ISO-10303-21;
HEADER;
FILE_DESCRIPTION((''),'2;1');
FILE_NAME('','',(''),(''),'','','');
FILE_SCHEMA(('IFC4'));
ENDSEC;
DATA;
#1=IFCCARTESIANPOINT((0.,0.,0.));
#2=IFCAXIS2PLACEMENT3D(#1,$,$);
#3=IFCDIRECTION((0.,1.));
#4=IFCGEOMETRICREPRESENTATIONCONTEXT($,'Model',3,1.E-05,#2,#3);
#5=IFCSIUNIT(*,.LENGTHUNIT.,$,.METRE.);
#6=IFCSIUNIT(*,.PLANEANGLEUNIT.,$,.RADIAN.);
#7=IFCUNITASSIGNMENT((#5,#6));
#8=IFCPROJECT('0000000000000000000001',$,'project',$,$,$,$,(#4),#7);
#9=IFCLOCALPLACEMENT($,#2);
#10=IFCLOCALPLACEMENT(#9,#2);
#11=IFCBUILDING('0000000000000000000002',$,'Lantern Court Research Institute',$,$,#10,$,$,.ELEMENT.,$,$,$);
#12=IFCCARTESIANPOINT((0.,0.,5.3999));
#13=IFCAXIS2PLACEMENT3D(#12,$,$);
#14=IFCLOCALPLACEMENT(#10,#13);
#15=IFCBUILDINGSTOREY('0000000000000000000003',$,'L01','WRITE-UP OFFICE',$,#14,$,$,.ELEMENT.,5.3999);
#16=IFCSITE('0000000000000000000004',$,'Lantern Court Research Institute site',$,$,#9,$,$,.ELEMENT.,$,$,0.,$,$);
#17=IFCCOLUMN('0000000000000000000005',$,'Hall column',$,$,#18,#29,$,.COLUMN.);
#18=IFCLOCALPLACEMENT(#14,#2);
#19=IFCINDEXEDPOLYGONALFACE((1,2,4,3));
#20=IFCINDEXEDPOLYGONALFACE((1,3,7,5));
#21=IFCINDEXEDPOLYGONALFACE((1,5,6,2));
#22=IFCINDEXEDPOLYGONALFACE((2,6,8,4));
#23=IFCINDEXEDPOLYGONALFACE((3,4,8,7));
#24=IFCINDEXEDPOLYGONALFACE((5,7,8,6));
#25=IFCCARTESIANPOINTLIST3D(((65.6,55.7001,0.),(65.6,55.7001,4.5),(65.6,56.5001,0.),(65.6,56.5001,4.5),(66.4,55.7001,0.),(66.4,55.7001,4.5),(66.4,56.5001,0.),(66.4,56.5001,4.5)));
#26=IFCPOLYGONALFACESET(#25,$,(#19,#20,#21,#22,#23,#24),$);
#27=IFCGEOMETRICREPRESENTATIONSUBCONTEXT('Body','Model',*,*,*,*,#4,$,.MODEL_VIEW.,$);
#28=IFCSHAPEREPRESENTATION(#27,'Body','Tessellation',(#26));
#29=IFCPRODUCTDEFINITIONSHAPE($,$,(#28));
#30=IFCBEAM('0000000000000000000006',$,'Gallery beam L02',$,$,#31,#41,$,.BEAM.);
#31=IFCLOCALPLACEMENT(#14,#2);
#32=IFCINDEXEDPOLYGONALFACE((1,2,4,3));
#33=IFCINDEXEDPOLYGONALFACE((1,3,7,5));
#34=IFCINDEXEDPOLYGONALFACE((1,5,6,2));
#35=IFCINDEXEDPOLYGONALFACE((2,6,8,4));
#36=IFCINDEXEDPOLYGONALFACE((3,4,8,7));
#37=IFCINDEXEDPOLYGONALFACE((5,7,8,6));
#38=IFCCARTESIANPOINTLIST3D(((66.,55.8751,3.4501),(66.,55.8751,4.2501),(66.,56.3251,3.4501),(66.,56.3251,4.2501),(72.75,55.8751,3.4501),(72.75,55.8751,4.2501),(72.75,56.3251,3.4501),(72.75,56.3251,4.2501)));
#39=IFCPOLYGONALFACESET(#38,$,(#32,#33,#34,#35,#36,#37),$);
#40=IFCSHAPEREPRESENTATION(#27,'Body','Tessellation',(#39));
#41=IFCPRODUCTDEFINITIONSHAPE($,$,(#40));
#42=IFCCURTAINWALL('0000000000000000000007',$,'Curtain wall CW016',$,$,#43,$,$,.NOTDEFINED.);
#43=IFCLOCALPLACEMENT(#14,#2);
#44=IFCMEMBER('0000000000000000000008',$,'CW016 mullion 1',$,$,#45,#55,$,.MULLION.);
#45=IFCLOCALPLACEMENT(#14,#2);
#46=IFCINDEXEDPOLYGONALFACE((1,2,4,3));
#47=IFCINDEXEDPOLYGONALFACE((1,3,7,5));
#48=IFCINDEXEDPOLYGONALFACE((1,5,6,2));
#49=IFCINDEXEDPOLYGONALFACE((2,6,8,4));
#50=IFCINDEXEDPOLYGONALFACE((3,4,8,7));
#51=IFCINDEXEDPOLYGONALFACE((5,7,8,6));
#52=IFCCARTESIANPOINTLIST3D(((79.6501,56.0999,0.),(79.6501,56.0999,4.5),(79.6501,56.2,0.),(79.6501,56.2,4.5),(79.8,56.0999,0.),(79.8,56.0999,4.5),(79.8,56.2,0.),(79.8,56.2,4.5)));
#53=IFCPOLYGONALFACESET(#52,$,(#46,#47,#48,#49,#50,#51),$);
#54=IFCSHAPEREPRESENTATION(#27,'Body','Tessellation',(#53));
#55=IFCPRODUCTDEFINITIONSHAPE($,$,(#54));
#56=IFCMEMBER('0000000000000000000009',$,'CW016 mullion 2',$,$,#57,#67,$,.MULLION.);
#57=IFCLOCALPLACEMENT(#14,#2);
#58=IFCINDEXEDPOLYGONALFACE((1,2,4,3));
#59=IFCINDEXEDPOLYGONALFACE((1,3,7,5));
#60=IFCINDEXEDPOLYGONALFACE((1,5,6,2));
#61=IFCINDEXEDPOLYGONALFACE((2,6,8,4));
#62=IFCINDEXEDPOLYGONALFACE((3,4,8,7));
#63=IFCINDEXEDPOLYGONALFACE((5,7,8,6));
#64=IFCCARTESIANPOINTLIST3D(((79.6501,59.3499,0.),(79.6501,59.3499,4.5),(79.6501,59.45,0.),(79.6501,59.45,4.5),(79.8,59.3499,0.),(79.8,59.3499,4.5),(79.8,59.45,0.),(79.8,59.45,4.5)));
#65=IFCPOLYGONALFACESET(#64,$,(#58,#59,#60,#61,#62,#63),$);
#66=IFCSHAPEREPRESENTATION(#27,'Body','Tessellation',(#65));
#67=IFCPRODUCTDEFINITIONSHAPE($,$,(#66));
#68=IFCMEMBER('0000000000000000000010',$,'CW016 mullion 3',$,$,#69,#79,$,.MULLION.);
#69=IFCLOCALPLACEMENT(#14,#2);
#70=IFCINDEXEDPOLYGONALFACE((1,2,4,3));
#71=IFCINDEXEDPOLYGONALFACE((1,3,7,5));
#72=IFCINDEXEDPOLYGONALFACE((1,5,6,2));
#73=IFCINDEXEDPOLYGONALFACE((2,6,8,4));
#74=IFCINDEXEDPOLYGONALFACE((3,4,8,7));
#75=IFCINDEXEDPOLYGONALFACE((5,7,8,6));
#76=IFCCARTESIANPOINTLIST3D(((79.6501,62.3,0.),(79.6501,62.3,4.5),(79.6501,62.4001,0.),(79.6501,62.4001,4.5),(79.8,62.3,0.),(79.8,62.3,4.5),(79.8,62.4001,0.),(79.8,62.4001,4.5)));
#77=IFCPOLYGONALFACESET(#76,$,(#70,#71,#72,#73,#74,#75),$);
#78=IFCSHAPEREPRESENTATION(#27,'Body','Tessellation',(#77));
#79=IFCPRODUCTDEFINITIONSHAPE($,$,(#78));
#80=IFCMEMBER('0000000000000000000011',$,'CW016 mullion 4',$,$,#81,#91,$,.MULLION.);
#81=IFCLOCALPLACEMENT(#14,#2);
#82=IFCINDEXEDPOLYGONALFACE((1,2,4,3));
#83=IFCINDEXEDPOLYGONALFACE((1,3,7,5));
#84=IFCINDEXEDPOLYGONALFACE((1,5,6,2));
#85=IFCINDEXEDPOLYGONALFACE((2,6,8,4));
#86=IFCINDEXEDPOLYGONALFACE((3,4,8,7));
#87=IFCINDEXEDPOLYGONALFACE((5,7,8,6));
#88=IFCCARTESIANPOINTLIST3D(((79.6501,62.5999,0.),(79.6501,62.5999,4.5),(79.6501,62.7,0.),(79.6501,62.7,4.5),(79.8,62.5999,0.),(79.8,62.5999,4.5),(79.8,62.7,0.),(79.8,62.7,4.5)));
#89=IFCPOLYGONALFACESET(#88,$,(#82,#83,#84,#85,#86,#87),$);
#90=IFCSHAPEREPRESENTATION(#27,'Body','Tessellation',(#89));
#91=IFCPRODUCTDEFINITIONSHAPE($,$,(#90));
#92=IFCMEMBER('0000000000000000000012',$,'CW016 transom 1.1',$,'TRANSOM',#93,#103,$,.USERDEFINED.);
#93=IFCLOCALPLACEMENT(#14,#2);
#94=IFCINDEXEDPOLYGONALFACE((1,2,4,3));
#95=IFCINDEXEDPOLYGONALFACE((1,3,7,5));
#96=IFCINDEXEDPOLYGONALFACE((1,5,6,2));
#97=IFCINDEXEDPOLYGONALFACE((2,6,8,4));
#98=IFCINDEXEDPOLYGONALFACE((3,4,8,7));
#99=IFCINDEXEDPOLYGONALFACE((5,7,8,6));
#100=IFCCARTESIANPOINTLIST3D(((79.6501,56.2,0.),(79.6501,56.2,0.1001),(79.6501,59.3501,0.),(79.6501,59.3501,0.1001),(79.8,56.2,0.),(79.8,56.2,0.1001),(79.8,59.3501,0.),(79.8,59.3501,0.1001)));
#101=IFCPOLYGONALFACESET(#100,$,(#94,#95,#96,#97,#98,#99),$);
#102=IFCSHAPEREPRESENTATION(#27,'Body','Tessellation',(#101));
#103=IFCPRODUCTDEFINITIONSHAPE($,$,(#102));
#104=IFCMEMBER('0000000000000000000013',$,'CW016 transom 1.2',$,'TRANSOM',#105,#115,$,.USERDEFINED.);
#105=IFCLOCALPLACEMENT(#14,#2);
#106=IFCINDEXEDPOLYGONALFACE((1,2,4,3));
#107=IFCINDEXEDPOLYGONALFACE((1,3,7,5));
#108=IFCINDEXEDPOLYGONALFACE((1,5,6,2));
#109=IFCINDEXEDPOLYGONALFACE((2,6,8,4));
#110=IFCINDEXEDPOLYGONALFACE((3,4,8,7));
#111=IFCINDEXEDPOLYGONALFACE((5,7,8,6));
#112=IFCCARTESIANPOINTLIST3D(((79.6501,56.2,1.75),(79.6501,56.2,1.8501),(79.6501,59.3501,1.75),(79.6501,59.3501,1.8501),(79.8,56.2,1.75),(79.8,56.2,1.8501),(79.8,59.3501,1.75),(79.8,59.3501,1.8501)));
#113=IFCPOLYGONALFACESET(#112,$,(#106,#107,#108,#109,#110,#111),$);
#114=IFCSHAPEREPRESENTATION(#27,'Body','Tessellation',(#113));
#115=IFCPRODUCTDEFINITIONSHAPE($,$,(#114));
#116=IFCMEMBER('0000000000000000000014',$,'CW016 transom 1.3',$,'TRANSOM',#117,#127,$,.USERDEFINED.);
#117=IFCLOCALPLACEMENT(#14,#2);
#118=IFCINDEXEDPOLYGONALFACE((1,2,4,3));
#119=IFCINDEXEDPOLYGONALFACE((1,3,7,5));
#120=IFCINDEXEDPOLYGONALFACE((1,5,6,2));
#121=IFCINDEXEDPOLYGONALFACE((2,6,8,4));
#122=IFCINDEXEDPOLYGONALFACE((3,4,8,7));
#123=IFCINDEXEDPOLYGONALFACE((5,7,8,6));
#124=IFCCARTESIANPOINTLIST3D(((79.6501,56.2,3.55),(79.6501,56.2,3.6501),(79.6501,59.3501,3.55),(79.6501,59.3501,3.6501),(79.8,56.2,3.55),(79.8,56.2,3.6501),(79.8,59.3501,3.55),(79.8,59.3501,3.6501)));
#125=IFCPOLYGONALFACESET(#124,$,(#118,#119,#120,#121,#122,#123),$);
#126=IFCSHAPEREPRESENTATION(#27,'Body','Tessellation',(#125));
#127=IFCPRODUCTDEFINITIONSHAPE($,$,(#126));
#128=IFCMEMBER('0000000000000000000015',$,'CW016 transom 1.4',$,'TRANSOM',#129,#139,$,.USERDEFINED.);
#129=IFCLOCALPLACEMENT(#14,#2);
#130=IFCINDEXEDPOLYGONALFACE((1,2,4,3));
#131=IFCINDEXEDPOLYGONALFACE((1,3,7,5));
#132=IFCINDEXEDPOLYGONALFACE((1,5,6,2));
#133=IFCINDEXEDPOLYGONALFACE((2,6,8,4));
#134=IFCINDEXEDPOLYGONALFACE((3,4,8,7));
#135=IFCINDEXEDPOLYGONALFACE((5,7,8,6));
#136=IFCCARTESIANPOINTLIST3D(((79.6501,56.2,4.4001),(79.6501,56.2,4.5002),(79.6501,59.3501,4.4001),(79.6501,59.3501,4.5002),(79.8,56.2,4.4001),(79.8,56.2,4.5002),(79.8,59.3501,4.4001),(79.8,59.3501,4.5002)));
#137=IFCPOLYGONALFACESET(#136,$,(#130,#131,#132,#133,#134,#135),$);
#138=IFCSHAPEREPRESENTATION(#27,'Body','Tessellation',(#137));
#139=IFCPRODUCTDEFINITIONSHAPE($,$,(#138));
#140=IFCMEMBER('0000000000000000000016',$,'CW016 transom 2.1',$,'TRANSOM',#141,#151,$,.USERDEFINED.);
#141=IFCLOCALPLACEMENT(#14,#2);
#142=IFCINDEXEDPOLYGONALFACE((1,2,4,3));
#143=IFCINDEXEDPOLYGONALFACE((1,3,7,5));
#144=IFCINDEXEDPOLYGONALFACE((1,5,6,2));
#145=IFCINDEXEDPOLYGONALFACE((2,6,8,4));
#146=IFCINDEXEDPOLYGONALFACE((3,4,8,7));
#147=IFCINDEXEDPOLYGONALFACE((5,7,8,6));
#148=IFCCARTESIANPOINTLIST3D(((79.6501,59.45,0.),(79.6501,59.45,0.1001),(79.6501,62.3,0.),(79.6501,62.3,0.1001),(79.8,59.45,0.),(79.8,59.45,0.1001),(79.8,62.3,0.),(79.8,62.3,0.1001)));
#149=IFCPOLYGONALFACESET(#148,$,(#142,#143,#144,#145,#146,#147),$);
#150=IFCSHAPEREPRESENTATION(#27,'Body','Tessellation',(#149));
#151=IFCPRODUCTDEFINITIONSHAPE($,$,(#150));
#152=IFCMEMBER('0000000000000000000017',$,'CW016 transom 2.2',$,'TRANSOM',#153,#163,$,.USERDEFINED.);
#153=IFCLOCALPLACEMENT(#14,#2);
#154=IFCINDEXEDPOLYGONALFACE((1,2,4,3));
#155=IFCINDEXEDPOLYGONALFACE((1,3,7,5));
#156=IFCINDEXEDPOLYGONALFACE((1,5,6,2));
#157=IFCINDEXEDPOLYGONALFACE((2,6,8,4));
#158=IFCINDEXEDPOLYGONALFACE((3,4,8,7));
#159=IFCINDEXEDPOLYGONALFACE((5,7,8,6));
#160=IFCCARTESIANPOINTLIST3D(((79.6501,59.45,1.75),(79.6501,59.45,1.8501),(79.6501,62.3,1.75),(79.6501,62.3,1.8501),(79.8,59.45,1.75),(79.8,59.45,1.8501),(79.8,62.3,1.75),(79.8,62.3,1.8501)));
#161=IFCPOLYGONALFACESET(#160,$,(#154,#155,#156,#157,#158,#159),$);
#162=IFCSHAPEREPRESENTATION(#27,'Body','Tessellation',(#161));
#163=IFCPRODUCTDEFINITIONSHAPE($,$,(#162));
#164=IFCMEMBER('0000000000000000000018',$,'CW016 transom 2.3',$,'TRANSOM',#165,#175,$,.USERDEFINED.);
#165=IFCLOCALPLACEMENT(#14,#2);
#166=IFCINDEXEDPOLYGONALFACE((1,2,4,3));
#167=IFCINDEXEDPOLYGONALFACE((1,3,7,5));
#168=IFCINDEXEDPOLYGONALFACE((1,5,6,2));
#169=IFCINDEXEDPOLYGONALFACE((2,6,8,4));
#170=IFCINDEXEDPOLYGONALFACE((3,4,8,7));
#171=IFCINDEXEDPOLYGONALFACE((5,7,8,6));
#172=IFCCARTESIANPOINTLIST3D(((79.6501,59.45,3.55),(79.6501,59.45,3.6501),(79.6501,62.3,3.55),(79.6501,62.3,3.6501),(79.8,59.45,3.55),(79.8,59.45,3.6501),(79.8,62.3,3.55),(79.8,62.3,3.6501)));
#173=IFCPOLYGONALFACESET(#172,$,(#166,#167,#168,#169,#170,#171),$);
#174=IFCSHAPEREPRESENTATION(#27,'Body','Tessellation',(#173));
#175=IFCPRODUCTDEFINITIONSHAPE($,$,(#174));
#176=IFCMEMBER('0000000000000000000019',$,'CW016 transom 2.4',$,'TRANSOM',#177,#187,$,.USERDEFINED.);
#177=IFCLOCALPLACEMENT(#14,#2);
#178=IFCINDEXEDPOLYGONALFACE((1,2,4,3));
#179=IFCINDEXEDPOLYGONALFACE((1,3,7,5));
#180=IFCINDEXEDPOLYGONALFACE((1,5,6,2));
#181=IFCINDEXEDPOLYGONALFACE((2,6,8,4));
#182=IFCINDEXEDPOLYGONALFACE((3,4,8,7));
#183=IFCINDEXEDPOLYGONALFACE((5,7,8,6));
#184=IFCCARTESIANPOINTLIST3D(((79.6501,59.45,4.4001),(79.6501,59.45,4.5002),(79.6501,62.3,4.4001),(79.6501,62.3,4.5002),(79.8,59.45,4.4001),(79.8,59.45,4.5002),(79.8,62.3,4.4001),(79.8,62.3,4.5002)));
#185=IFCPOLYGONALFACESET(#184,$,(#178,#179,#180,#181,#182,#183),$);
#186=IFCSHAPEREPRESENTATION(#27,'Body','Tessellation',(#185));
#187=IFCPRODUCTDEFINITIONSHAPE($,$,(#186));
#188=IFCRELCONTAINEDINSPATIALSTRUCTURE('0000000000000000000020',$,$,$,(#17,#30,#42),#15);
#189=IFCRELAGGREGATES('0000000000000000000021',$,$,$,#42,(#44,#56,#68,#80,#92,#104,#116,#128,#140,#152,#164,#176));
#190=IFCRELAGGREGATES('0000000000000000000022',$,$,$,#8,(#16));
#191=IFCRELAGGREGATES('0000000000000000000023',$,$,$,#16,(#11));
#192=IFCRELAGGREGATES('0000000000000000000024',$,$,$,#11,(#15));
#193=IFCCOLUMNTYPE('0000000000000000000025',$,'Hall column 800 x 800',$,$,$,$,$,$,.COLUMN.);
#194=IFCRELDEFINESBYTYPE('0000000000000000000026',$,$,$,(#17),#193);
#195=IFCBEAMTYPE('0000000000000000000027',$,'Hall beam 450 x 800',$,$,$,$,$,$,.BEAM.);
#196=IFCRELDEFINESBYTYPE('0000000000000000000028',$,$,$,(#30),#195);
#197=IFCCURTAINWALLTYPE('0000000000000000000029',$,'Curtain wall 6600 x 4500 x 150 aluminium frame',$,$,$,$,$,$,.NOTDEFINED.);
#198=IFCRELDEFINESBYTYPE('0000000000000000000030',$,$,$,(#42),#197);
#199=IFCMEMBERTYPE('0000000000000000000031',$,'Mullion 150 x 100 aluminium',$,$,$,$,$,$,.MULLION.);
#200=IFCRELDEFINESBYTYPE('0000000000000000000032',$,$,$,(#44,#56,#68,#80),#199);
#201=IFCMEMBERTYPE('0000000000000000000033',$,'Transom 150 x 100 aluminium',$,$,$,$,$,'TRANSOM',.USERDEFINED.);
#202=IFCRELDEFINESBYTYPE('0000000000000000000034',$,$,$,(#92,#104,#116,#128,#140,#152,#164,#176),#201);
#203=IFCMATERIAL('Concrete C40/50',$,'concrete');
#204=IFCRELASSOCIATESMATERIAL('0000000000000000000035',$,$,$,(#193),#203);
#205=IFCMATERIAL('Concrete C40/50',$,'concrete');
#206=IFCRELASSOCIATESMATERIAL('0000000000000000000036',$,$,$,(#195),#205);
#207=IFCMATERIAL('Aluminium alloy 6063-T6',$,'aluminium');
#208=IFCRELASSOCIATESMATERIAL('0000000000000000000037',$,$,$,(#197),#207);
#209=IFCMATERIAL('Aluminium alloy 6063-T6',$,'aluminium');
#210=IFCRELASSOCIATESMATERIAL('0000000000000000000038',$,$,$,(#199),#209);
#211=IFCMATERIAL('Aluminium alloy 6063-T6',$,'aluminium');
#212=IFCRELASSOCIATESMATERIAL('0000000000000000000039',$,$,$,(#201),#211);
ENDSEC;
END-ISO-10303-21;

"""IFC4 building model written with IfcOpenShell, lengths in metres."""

from ifc_helpers import new_model, si_unit, direction, frame, origin, origin_2d, place, context, subcontext, project, spatial, rectangle, extrude, material, material_profile, profile_set, type_object, element, aggregate, save


model = new_model("IFC4")

# Units and contexts
model_context = context("Model", 3, precision=1e-05, world=origin(), true_north=direction((0.0, 1.0)))
body_context = subcontext(model_context, "Body", "Model", "MODEL_VIEW")
ifc_project = project(units=[si_unit("LENGTHUNIT", "METRE"), si_unit("PLANEANGLEUNIT", "RADIAN")], contexts=[model_context])

# Site, building, storey
site_placement = place(None, origin())
site = spatial("IfcSite", under=ifc_project, at=site_placement, Name="Lantern Court Research Institute site", CompositionType="ELEMENT", RefElevation=0.0)
building_placement = place(site_placement, origin())
building = spatial("IfcBuilding", under=site, at=building_placement, Name="Lantern Court Research Institute", CompositionType="ELEMENT")
storey_placement = place(building_placement, frame((0.0, 0.0, 5.3999)))
storey = spatial("IfcBuildingStorey", under=building, at=storey_placement, Name="L01", Description="WRITE-UP OFFICE", CompositionType="ELEMENT", Elevation=5.3999)

# Column
ifc_material_1 = material(Name="Concrete C40/50", Category="concrete")
ifc_material_profile_1 = material_profile(ifc_material_1, rectangle(XDim=0.8, YDim=0.8, at=origin_2d()), Name="Hall column 800 x 800")
ifc_profile_set_1 = profile_set([ifc_material_profile_1], Name="Concrete C40/50")
column_type = type_object("IfcColumnType", Name="Hall column 800 x 800", PredefinedType="COLUMN", material=ifc_profile_set_1)
column_placement = place(storey_placement, frame((66.0, 56.1001, 0.0), z_axis=(0.0, 0.0, 1.0), x_axis=(1.0, 0.0, 0.0)))
element("IfcColumn", 1, at=column_placement, inside=storey, type_object=column_type, Name="Hall column", PredefinedType="COLUMN", context=body_context, shape_type="SweptSolid", body=[
    extrude(rectangle(XDim=0.8, YDim=0.8, at=origin_2d()), origin(), (0.0, 0.0, 1.0), 4.5),
])

# Beam
ifc_material_2 = material(Name="Concrete C40/50", Category="concrete")
ifc_material_profile_2 = material_profile(ifc_material_2, rectangle(XDim=0.45, YDim=0.8, at=origin_2d()), Name="Hall beam 450 x 800")
ifc_profile_set_2 = profile_set([ifc_material_profile_2], Name="Concrete C40/50")
beam_type = type_object("IfcBeamType", Name="Hall beam 450 x 800", PredefinedType="BEAM", material=ifc_profile_set_2)
beam_placement = place(storey_placement, frame((66.0, 56.1001, 3.8501), z_axis=(1.0, 0.0, 0.0), x_axis=(0.0, 1.0, 0.0)))
element("IfcBeam", 2, at=beam_placement, inside=storey, type_object=beam_type, Name="Gallery beam L02", PredefinedType="BEAM", context=body_context, shape_type="SweptSolid", body=[
    extrude(rectangle(XDim=0.45, YDim=0.8, at=origin_2d()), origin(), (0.0, 0.0, 1.0), 6.75),
])

# Curtain wall, members
ifc_material_3 = material(Name="Aluminium alloy 6063-T6", Category="aluminium")
curtain_wall_type = type_object("IfcCurtainWallType", Name="Curtain wall 6600 x 4500 x 150 aluminium frame", PredefinedType="NOTDEFINED", material=ifc_material_3)
curtain_wall_placement = place(storey_placement, origin())
curtain_wall = element("IfcCurtainWall", 3, at=curtain_wall_placement, inside=storey, type_object=curtain_wall_type, Name="Curtain wall CW016", PredefinedType="NOTDEFINED")
ifc_material_4 = material(Name="Aluminium alloy 6063-T6", Category="aluminium")
ifc_material_profile_3 = material_profile(ifc_material_4, rectangle(XDim=0.1499, YDim=0.1001, at=origin_2d()), Name="Mullion 150 x 100")
ifc_profile_set_3 = profile_set([ifc_material_profile_3], Name="Aluminium alloy 6063-T6")
member_type_1 = type_object("IfcMemberType", Name="Mullion 150 x 100 aluminium", PredefinedType="MULLION", material=ifc_profile_set_3)
member_1_placement = place(storey_placement, frame((79.7251, 56.1499, 0.0), z_axis=(0.0, 0.0, 1.0), x_axis=(1.0, 0.0, 0.0)))
member_1 = element("IfcMember", 4, at=member_1_placement, type_object=member_type_1, Name="CW016 mullion 1", PredefinedType="MULLION", context=body_context, shape_type="SweptSolid", body=[
    extrude(rectangle(XDim=0.1499, YDim=0.1001, at=origin_2d()), origin(), (0.0, 0.0, 1.0), 4.5),
])
member_2_placement = place(storey_placement, frame((79.7251, 59.3999, 0.0), z_axis=(0.0, 0.0, 1.0), x_axis=(1.0, 0.0, 0.0)))
member_2 = element("IfcMember", 5, at=member_2_placement, type_object=member_type_1, Name="CW016 mullion 2", PredefinedType="MULLION", context=body_context, shape_type="SweptSolid", body=[
    extrude(rectangle(XDim=0.1499, YDim=0.1001, at=origin_2d()), origin(), (0.0, 0.0, 1.0), 4.5),
])
member_3_placement = place(storey_placement, frame((79.7251, 62.3501, 0.0), z_axis=(0.0, 0.0, 1.0), x_axis=(1.0, 0.0, 0.0)))
member_3 = element("IfcMember", 6, at=member_3_placement, type_object=member_type_1, Name="CW016 mullion 3", PredefinedType="MULLION", context=body_context, shape_type="SweptSolid", body=[
    extrude(rectangle(XDim=0.1499, YDim=0.1001, at=origin_2d()), origin(), (0.0, 0.0, 1.0), 4.5),
])
member_4_placement = place(storey_placement, frame((79.7251, 62.6499, 0.0), z_axis=(0.0, 0.0, 1.0), x_axis=(1.0, 0.0, 0.0)))
member_4 = element("IfcMember", 7, at=member_4_placement, type_object=member_type_1, Name="CW016 mullion 4", PredefinedType="MULLION", context=body_context, shape_type="SweptSolid", body=[
    extrude(rectangle(XDim=0.1499, YDim=0.1001, at=origin_2d()), origin(), (0.0, 0.0, 1.0), 4.5),
])
ifc_material_5 = material(Name="Aluminium alloy 6063-T6", Category="aluminium")
ifc_material_profile_4 = material_profile(ifc_material_5, rectangle(XDim=0.1499, YDim=0.1001, at=origin_2d()), Name="Transom 150 x 100")
ifc_profile_set_4 = profile_set([ifc_material_profile_4], Name="Aluminium alloy 6063-T6")
member_type_2 = type_object("IfcMemberType", Name="Transom 150 x 100 aluminium", ElementType="TRANSOM", PredefinedType="USERDEFINED", material=ifc_profile_set_4)
member_5_placement = place(storey_placement, frame((79.7251, 59.3501, 0.05), z_axis=(0.0, -1.0, 0.0), x_axis=(1.0, 0.0, 0.0)))
member_5 = element("IfcMember", 8, at=member_5_placement, type_object=member_type_2, Name="CW016 transom 1.1", ObjectType="TRANSOM", PredefinedType="USERDEFINED", context=body_context, shape_type="SweptSolid", body=[
    extrude(rectangle(XDim=0.1499, YDim=0.1001, at=origin_2d()), origin(), (0.0, 0.0, 1.0), 3.1501),
])
member_6_placement = place(storey_placement, frame((79.7251, 59.3501, 1.8), z_axis=(0.0, -1.0, 0.0), x_axis=(1.0, 0.0, 0.0)))
member_6 = element("IfcMember", 9, at=member_6_placement, type_object=member_type_2, Name="CW016 transom 1.2", ObjectType="TRANSOM", PredefinedType="USERDEFINED", context=body_context, shape_type="SweptSolid", body=[
    extrude(rectangle(XDim=0.1499, YDim=0.1001, at=origin_2d()), origin(), (0.0, 0.0, 1.0), 3.1501),
])
member_7_placement = place(storey_placement, frame((79.7251, 59.3501, 3.6001), z_axis=(0.0, -1.0, 0.0), x_axis=(1.0, 0.0, 0.0)))
member_7 = element("IfcMember", 10, at=member_7_placement, type_object=member_type_2, Name="CW016 transom 1.3", ObjectType="TRANSOM", PredefinedType="USERDEFINED", context=body_context, shape_type="SweptSolid", body=[
    extrude(rectangle(XDim=0.1499, YDim=0.1001, at=origin_2d()), origin(), (0.0, 0.0, 1.0), 3.1501),
])
member_8_placement = place(storey_placement, frame((79.7251, 59.3501, 4.4502), z_axis=(0.0, -1.0, 0.0), x_axis=(1.0, 0.0, 0.0)))
member_8 = element("IfcMember", 11, at=member_8_placement, type_object=member_type_2, Name="CW016 transom 1.4", ObjectType="TRANSOM", PredefinedType="USERDEFINED", context=body_context, shape_type="SweptSolid", body=[
    extrude(rectangle(XDim=0.1499, YDim=0.1001, at=origin_2d()), origin(), (0.0, 0.0, 1.0), 3.1501),
])
member_9_placement = place(storey_placement, frame((79.7251, 62.3, 0.05), z_axis=(0.0, -1.0, 0.0), x_axis=(1.0, 0.0, 0.0)))
member_9 = element("IfcMember", 12, at=member_9_placement, type_object=member_type_2, Name="CW016 transom 2.1", ObjectType="TRANSOM", PredefinedType="USERDEFINED", context=body_context, shape_type="SweptSolid", body=[
    extrude(rectangle(XDim=0.1499, YDim=0.1001, at=origin_2d()), origin(), (0.0, 0.0, 1.0), 2.8501),
])
member_10_placement = place(storey_placement, frame((79.7251, 62.3, 1.8), z_axis=(0.0, -1.0, 0.0), x_axis=(1.0, 0.0, 0.0)))
member_10 = element("IfcMember", 13, at=member_10_placement, type_object=member_type_2, Name="CW016 transom 2.2", ObjectType="TRANSOM", PredefinedType="USERDEFINED", context=body_context, shape_type="SweptSolid", body=[
    extrude(rectangle(XDim=0.1499, YDim=0.1001, at=origin_2d()), origin(), (0.0, 0.0, 1.0), 2.8501),
])
member_11_placement = place(storey_placement, frame((79.7251, 62.3, 3.6001), z_axis=(0.0, -1.0, 0.0), x_axis=(1.0, 0.0, 0.0)))
member_11 = element("IfcMember", 14, at=member_11_placement, type_object=member_type_2, Name="CW016 transom 2.3", ObjectType="TRANSOM", PredefinedType="USERDEFINED", context=body_context, shape_type="SweptSolid", body=[
    extrude(rectangle(XDim=0.1499, YDim=0.1001, at=origin_2d()), origin(), (0.0, 0.0, 1.0), 2.8501),
])
member_12_placement = place(storey_placement, frame((79.7251, 62.3, 4.4502), z_axis=(0.0, -1.0, 0.0), x_axis=(1.0, 0.0, 0.0)))
member_12 = element("IfcMember", 15, at=member_12_placement, type_object=member_type_2, Name="CW016 transom 2.4", ObjectType="TRANSOM", PredefinedType="USERDEFINED", context=body_context, shape_type="SweptSolid", body=[
    extrude(rectangle(XDim=0.1499, YDim=0.1001, at=origin_2d()), origin(), (0.0, 0.0, 1.0), 2.8501),
])
aggregate(curtain_wall, [member_1, member_2, member_3, member_4, member_5, member_6, member_7, member_8, member_9, member_10, member_11, member_12])

save(model, "model.ifc")
